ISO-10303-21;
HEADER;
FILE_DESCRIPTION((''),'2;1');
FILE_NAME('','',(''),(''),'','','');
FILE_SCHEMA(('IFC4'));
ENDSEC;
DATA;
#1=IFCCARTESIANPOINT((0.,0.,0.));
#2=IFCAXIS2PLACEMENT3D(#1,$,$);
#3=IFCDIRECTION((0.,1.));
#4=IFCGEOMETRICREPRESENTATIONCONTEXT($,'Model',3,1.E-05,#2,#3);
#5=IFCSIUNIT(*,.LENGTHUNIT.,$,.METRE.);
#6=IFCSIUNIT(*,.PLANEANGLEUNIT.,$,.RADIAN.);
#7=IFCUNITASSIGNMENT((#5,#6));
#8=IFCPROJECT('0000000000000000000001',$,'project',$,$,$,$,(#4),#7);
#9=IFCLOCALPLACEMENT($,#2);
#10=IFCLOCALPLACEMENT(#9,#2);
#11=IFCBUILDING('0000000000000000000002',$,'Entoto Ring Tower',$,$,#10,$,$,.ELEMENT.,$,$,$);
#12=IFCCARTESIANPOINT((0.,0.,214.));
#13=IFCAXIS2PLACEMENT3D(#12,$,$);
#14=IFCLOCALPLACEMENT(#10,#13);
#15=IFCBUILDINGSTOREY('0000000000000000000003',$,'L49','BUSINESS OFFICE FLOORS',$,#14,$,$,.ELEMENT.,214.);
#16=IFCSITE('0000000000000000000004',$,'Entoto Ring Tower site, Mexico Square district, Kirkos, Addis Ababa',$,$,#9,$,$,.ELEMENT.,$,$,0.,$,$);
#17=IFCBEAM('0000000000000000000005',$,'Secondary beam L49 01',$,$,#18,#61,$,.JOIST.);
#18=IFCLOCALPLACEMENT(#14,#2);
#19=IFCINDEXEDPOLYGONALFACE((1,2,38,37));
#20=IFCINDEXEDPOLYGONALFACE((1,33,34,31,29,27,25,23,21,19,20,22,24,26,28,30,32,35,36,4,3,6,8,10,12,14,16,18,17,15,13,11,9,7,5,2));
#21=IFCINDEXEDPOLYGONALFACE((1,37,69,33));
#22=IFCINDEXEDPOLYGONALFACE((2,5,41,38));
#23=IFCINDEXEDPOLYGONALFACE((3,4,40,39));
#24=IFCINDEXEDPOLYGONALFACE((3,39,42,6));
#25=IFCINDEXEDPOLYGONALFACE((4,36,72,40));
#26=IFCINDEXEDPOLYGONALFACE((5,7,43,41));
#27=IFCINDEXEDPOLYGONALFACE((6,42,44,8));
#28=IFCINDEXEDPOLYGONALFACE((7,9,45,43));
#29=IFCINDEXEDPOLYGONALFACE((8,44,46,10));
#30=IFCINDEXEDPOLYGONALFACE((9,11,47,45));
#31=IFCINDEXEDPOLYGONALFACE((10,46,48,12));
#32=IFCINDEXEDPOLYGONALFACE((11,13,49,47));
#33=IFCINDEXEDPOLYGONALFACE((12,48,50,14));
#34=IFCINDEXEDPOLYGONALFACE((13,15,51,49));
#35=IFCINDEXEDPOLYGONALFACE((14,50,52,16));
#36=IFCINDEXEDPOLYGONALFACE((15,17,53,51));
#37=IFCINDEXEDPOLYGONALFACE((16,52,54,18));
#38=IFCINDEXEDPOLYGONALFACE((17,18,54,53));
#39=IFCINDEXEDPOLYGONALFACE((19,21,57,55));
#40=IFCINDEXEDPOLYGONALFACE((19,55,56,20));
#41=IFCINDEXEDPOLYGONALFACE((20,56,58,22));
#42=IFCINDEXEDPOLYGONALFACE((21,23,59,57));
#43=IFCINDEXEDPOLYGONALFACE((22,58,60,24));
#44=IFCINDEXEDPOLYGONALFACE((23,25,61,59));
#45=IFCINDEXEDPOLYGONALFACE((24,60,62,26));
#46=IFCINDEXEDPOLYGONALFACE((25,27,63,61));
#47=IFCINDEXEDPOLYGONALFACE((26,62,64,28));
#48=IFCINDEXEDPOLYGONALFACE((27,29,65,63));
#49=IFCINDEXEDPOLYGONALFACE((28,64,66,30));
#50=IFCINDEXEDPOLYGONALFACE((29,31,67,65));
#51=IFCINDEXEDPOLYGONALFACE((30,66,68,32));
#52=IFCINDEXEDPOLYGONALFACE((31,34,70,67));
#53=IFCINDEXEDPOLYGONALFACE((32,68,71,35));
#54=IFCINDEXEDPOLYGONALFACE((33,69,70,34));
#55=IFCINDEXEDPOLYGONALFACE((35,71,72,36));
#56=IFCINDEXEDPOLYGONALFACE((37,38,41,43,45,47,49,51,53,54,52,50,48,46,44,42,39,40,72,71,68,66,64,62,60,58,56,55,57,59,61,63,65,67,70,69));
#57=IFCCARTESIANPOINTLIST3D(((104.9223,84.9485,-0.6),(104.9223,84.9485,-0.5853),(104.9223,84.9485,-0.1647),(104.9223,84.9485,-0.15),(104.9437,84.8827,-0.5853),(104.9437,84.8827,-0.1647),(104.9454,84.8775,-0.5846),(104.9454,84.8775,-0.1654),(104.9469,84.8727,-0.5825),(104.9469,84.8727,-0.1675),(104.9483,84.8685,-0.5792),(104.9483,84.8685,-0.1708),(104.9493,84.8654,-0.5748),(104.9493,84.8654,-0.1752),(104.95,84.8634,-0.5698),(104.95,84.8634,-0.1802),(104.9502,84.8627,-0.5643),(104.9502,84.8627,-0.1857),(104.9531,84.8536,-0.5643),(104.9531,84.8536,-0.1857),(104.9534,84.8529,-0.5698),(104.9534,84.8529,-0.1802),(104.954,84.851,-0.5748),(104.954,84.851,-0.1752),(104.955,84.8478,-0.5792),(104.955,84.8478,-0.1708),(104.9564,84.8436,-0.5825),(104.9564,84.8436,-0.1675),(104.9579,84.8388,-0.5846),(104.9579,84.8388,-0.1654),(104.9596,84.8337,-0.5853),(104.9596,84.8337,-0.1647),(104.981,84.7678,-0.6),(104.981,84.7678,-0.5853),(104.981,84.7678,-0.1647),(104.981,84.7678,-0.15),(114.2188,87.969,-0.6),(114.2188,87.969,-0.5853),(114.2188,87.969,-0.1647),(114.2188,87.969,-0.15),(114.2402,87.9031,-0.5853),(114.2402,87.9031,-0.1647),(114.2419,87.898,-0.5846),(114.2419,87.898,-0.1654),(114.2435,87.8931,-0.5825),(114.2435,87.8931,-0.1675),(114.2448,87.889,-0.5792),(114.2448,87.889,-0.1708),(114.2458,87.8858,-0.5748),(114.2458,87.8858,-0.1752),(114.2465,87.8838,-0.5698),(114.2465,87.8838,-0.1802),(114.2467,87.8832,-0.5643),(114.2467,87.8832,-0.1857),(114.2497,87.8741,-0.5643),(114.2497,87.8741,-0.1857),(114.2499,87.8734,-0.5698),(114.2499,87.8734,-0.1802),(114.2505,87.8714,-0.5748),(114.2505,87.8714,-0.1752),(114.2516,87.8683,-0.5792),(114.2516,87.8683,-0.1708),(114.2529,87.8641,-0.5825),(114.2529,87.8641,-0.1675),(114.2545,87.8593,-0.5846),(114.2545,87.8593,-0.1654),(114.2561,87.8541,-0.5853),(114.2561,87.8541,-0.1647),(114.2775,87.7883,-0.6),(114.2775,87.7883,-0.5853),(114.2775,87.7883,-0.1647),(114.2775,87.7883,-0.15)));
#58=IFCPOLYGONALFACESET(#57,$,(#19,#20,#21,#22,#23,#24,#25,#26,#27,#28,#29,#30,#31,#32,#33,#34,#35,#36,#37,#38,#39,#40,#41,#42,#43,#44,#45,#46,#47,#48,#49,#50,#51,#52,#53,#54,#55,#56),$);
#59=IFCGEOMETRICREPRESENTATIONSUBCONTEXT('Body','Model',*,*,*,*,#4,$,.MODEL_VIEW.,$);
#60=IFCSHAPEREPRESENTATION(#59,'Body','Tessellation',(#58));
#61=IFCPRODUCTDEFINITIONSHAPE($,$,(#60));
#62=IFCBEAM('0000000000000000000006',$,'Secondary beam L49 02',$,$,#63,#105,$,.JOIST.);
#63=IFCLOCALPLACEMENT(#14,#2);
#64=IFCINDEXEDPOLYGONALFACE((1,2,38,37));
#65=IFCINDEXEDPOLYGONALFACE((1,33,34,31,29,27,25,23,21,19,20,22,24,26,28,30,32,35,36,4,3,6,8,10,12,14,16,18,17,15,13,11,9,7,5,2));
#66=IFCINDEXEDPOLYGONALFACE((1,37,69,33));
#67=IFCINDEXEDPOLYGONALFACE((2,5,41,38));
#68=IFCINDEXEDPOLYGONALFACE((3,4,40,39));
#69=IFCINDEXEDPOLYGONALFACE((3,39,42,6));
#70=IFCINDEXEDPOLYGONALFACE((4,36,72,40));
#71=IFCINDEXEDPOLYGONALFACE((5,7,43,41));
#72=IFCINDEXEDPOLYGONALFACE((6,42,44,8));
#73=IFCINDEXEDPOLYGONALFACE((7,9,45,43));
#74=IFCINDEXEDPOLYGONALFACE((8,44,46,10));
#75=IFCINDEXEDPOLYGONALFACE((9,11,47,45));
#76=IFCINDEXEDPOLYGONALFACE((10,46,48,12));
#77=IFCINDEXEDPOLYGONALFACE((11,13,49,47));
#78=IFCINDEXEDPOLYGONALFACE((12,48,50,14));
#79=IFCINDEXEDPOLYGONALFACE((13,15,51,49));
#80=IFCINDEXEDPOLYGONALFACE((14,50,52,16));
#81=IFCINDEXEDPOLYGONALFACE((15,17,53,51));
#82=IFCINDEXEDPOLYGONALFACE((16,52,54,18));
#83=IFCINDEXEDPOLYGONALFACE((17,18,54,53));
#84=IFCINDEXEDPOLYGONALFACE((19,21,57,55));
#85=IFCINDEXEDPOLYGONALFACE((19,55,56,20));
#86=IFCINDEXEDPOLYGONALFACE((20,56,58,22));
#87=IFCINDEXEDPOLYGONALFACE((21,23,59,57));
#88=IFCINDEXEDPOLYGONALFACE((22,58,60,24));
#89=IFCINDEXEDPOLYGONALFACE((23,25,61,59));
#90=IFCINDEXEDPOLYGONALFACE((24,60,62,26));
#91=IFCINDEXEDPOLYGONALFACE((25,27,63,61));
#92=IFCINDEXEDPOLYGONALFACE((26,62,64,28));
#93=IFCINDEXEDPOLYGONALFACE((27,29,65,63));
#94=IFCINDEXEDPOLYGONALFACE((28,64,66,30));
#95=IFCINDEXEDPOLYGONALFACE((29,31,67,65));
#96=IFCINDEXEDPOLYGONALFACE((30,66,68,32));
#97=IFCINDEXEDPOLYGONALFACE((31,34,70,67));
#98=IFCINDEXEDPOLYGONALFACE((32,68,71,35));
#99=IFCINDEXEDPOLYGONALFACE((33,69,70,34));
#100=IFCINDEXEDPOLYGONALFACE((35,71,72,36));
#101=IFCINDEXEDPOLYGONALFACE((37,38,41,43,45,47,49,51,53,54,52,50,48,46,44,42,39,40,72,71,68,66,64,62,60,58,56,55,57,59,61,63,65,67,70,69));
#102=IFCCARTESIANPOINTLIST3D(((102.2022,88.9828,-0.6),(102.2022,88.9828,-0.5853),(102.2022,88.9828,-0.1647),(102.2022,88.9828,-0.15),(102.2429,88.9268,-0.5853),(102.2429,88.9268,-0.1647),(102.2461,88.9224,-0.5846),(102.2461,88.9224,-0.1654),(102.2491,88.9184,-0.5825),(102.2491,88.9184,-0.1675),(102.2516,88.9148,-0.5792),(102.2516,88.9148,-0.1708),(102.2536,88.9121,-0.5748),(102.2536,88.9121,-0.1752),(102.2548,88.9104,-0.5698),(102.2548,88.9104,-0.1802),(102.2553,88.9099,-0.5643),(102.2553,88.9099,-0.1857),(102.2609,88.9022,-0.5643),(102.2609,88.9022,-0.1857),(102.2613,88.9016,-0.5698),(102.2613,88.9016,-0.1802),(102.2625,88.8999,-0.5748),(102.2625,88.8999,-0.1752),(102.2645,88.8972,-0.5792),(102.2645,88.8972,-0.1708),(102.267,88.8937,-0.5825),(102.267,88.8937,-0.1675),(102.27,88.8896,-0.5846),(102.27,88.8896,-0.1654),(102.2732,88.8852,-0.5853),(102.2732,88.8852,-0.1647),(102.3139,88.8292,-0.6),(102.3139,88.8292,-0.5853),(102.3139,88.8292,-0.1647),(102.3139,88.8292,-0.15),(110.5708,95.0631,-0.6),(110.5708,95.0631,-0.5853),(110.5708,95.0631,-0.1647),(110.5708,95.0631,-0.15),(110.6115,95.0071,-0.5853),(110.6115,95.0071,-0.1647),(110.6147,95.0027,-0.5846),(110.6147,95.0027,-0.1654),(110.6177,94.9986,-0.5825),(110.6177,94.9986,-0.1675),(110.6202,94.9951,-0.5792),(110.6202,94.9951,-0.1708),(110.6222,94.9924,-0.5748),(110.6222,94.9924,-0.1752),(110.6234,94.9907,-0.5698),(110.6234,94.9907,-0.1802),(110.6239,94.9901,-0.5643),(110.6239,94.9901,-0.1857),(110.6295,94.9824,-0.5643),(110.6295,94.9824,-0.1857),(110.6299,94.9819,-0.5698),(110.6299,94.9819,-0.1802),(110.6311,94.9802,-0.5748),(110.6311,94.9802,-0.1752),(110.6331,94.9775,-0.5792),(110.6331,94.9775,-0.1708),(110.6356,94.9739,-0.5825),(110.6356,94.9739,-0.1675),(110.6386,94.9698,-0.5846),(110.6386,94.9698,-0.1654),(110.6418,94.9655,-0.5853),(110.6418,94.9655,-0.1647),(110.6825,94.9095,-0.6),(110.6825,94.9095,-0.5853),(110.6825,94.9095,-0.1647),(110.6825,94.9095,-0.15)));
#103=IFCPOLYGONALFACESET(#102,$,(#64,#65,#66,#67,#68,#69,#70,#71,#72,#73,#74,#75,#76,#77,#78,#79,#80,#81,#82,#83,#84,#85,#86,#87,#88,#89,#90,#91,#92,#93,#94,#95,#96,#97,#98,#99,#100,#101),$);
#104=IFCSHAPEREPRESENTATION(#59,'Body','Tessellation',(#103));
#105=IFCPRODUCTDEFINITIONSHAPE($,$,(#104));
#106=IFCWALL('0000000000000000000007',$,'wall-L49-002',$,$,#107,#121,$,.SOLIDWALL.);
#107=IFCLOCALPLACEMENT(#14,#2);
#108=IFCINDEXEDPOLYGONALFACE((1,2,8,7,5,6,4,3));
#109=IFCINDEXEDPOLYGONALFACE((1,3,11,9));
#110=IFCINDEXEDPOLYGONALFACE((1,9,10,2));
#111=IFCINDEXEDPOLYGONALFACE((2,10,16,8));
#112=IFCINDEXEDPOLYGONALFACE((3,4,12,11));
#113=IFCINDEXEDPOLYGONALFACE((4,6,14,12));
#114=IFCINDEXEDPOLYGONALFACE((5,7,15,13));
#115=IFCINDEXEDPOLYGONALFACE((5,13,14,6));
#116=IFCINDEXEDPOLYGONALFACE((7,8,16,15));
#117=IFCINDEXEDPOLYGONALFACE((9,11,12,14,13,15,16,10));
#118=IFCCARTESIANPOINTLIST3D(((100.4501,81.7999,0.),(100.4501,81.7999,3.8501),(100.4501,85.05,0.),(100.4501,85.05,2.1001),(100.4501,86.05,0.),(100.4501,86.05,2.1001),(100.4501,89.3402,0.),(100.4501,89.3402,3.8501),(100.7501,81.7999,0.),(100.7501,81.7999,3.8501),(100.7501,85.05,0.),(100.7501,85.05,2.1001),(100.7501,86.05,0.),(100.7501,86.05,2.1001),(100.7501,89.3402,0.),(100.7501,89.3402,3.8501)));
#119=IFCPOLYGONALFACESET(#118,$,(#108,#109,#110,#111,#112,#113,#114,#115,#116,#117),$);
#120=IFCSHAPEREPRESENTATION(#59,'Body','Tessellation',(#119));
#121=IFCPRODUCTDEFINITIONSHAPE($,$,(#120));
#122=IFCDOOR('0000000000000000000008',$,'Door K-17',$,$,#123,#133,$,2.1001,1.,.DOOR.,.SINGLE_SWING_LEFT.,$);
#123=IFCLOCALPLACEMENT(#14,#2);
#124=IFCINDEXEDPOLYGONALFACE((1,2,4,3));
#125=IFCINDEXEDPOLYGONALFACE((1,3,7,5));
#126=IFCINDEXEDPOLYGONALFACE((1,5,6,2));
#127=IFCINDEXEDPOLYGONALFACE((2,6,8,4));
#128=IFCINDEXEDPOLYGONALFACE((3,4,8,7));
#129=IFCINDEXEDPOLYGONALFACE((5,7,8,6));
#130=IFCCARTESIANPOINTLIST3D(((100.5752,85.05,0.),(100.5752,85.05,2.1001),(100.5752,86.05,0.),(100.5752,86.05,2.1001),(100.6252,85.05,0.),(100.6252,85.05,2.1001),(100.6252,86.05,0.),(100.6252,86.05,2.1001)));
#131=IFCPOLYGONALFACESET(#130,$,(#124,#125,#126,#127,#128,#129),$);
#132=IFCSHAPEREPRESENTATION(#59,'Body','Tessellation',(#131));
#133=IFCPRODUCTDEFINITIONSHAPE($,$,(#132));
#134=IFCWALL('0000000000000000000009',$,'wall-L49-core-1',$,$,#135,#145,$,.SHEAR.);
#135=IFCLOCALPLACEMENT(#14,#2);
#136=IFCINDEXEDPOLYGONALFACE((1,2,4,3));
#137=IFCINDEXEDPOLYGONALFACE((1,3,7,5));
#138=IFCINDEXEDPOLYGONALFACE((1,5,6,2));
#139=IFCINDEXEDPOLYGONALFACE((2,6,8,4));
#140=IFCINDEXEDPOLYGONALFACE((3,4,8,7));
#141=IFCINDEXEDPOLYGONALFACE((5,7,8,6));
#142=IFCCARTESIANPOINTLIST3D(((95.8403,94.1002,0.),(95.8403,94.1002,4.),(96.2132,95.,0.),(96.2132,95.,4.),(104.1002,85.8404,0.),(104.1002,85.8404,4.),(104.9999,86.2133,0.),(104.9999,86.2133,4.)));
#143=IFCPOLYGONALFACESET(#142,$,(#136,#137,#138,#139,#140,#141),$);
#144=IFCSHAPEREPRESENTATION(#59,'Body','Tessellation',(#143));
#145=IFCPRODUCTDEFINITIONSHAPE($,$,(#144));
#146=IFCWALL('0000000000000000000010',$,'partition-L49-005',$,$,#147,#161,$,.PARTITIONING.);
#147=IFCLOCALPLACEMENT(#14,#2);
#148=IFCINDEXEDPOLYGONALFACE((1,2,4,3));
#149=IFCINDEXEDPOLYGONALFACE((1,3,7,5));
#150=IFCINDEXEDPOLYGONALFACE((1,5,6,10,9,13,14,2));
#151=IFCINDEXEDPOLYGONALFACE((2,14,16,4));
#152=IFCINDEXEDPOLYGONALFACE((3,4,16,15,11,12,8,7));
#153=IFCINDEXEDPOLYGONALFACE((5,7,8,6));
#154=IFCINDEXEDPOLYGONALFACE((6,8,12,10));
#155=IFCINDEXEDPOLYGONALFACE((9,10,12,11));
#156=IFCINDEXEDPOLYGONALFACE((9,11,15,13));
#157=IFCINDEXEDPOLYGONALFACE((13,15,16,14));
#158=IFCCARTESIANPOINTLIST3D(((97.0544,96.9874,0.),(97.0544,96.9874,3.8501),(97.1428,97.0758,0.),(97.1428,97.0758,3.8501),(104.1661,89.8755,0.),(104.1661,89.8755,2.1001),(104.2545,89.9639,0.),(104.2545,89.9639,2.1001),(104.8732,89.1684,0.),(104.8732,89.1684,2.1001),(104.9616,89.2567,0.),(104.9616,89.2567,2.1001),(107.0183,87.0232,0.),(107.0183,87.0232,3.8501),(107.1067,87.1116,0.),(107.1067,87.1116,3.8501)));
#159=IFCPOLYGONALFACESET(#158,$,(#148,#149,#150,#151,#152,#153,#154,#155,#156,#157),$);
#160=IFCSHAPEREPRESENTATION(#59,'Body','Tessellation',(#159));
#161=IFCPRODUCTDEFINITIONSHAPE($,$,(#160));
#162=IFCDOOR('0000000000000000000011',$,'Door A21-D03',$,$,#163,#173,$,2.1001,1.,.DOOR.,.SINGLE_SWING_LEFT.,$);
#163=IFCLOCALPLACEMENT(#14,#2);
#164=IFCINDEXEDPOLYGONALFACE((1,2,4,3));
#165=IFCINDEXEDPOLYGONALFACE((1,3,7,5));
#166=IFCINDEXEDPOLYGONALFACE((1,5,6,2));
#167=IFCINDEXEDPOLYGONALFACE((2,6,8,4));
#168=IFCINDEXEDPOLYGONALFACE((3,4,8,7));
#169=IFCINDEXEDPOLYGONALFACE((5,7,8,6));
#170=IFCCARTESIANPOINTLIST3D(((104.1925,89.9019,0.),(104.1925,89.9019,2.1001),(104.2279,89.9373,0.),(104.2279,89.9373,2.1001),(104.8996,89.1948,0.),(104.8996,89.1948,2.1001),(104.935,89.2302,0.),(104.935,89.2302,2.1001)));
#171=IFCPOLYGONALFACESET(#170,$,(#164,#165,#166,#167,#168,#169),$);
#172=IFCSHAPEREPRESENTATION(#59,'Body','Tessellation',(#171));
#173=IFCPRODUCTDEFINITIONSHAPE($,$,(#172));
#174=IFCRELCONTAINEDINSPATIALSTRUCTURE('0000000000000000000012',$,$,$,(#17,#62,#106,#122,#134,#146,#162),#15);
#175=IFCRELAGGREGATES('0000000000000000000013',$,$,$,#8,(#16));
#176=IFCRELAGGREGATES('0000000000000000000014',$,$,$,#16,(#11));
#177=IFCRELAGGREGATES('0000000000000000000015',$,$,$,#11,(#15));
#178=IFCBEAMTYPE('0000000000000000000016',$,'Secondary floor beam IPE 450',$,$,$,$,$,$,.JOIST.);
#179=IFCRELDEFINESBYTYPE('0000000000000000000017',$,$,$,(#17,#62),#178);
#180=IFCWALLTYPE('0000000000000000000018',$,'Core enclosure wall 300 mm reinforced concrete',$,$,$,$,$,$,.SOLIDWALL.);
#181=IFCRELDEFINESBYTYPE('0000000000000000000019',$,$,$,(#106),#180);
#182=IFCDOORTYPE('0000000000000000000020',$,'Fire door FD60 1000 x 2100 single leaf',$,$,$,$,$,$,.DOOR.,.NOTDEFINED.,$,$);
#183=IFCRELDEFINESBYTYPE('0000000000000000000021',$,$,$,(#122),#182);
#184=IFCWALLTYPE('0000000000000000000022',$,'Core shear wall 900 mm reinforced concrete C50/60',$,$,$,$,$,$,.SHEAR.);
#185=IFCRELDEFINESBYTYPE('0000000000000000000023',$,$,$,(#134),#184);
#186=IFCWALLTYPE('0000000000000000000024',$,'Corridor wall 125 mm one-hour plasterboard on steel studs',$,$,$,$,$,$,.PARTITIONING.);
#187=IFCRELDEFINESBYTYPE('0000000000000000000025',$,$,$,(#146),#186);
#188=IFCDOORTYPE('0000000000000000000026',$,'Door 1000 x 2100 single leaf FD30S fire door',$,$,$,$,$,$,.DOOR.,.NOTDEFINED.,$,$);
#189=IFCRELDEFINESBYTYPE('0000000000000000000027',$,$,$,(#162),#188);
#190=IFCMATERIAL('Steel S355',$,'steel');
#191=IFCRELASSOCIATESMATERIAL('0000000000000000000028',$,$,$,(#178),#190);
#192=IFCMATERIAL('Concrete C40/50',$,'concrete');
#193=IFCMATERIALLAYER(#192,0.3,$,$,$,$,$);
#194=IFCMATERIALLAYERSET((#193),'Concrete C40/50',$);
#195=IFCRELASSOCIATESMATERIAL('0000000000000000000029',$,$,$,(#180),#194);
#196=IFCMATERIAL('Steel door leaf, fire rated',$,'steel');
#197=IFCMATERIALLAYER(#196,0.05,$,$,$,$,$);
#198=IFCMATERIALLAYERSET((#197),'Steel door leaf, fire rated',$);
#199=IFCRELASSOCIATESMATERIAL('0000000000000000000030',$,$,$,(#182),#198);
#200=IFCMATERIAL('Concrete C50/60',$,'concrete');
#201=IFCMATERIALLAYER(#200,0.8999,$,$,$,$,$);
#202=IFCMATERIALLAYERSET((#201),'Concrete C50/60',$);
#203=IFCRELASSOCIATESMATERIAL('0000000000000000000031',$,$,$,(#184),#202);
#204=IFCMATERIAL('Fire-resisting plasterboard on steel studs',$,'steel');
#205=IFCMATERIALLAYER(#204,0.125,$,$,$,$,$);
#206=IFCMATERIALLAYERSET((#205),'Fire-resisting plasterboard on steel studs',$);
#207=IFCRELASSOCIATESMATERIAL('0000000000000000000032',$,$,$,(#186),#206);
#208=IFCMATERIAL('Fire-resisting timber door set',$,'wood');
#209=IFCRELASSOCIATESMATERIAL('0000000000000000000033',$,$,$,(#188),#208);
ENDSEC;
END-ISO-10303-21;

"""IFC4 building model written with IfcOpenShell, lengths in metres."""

from ifc_helpers import new_model, si_unit, direction, frame, frame_2d, origin, origin_2d, place, context, subcontext, project, spatial, polyline, rectangle, i_section, outline, extrude, material, layer, layer_set, material_profile, profile_set, type_object, element, fill, save


model = new_model("IFC4")

# Units and contexts
model_context = context("Model", 3, precision=1e-05, world=origin(), true_north=direction((0.0, 1.0)))
body_context = subcontext(model_context, "Body", "Model", "MODEL_VIEW")
ifc_project = project(units=[si_unit("LENGTHUNIT", "METRE"), si_unit("PLANEANGLEUNIT", "RADIAN")], contexts=[model_context])

# Site, building, storey
site_placement = place(None, origin())
site = spatial("IfcSite", under=ifc_project, at=site_placement, Name="Entoto Ring Tower site, Mexico Square district, Kirkos, Addis Ababa", CompositionType="ELEMENT", RefElevation=0.0)
building_placement = place(site_placement, origin())
building = spatial("IfcBuilding", under=site, at=building_placement, Name="Entoto Ring Tower", CompositionType="ELEMENT")
storey_placement = place(building_placement, frame((0.0, 0.0, 214.0)))
storey = spatial("IfcBuildingStorey", under=building, at=storey_placement, Name="L49", Description="BUSINESS OFFICE FLOORS", CompositionType="ELEMENT", Elevation=214.0)

# Beams
ifc_material_1 = material(Name="Steel S355", Category="steel")
ifc_material_profile_1 = material_profile(ifc_material_1, i_section(OverallWidth=0.1899, OverallDepth=0.45, WebThickness=0.0095, FlangeThickness=0.0146, FilletRadius=0.021, at=origin_2d()), Name="IPE 450")
ifc_profile_set_1 = profile_set([ifc_material_profile_1], Name="Steel S355")
beam_type_1 = type_object("IfcBeamType", Name="Secondary floor beam IPE 450", PredefinedType="JOIST", material=ifc_profile_set_1)
beam_1_placement = place(storey_placement, frame((104.9517, 84.8582, -0.375), z_axis=(0.951061, 0.309003, 0.0), x_axis=(-0.309003, 0.951061, 0.0)))
element("IfcBeam", 1, at=beam_1_placement, inside=storey, type_object=beam_type_1, Name="Secondary beam L49 01", PredefinedType="JOIST", context=body_context, shape_type="SweptSolid", body=[
    extrude(i_section(OverallWidth=0.1899, OverallDepth=0.45, WebThickness=0.0095, FlangeThickness=0.0146, FilletRadius=0.021, at=origin_2d()), origin(), (0.0, 0.0, 1.0), 9.7749),
])
beam_2_placement = place(storey_placement, frame((102.2581, 88.906, -0.375), z_axis=(0.809011, 0.587794, 0.0), x_axis=(-0.587794, 0.809011, 0.0)))
element("IfcBeam", 2, at=beam_2_placement, inside=storey, type_object=beam_type_1, Name="Secondary beam L49 02", PredefinedType="JOIST", context=body_context, shape_type="SweptSolid", body=[
    extrude(i_section(OverallWidth=0.1899, OverallDepth=0.45, WebThickness=0.0095, FlangeThickness=0.0146, FilletRadius=0.021, at=origin_2d()), origin(), (0.0, 0.0, 1.0), 10.3442),
])

# Wall, opening, door
ifc_material_2 = material(Name="Concrete C40/50", Category="concrete")
ifc_layer_1 = layer(ifc_material_2, 0.3)
ifc_layer_set_1 = layer_set([ifc_layer_1], Name="Concrete C40/50")
wall_type_1 = type_object("IfcWallType", Name="Core enclosure wall 300 mm reinforced concrete", PredefinedType="SOLIDWALL", material=ifc_layer_set_1)
wall_1_placement = place(storey_placement, frame((100.6001, 81.8, 0.0), z_axis=(0.0, 0.0, 1.0), x_axis=(0.0, 1.0, 0.0)))
wall_1 = element("IfcWall", 3, at=wall_1_placement, inside=storey, type_object=wall_type_1, Name="wall-L49-002", PredefinedType="SOLIDWALL", context=body_context, shape_type="SweptSolid", body=[
    extrude(rectangle(XDim=7.5403, YDim=0.3, at=frame_2d((3.77, 0.0))), origin(), (0.0, 0.0, 1.0), 3.8501),
])
opening_1_placement = place(wall_1_placement, frame((3.25, 0.0, 0.0)))
opening_1 = element("IfcOpeningElement", 4, at=opening_1_placement, cuts=wall_1, PredefinedType="OPENING", context=body_context, shape_type="SweptSolid", body=[
    extrude(rectangle(XDim=1.0, YDim=2.1001, at=frame_2d((0.5, 1.05))), frame((0.0, 0.1602, 0.0), z_axis=(0.0, -1.0, 0.0), x_axis=(1.0, 0.0, 0.0)), (0.0, 0.0, 1.0), 0.3201),
])
ifc_material_3 = material(Name="Steel door leaf, fire rated", Category="steel")
ifc_layer_2 = layer(ifc_material_3, 0.05)
ifc_layer_set_2 = layer_set([ifc_layer_2], Name="Steel door leaf, fire rated")
door_type_1 = type_object("IfcDoorType", Name="Fire door FD60 1000 x 2100 single leaf", OperationType="NOTDEFINED", PredefinedType="DOOR", material=ifc_layer_set_2)
door_1_placement = place(opening_1_placement, origin())
door_1 = element("IfcDoor", 5, at=door_1_placement, inside=storey, type_object=door_type_1, Name="Door K-17", OperationType="SINGLE_SWING_LEFT", OverallHeight=2.1001, OverallWidth=1.0, PredefinedType="DOOR", context=body_context, shape_type="SweptSolid", body=[
    extrude(rectangle(XDim=1.0, YDim=2.1001, at=frame_2d((0.5, 1.05))), frame((0.0, 0.0249, 0.0), z_axis=(0.0, -1.0, 0.0), x_axis=(1.0, 0.0, 0.0)), (0.0, 0.0, 1.0), 0.05),
])
fill(opening_1, door_1)

# Wall
ifc_material_4 = material(Name="Concrete C50/60", Category="concrete")
ifc_layer_3 = layer(ifc_material_4, 0.8999)
ifc_layer_set_3 = layer_set([ifc_layer_3], Name="Concrete C50/60")
wall_type_2 = type_object("IfcWallType", Name="Core shear wall 900 mm reinforced concrete C50/60", PredefinedType="SHEAR", material=ifc_layer_set_3)
wall_2_placement = place(storey_placement, frame((104.55, 86.0269, 0.0), z_axis=(0.0, 0.0, 1.0), x_axis=(-0.707107, 0.707107, 0.0)))
element("IfcWall", 6, at=wall_2_placement, inside=storey, type_object=wall_type_2, Name="wall-L49-core-1", PredefinedType="SHEAR", context=body_context, shape_type="SweptSolid", body=[
    extrude(outline(polyline([(-0.1863, -0.45), (12.24, -0.45), (11.8674, 0.45), (0.1863, 0.45), (-0.1863, -0.45)])), origin(), (0.0, 0.0, 1.0), 4.0),
])

# Wall, opening, door
ifc_material_5 = material(Name="Fire-resisting plasterboard on steel studs", Category="steel")
ifc_layer_4 = layer(ifc_material_5, 0.125)
ifc_layer_set_4 = layer_set([ifc_layer_4], Name="Fire-resisting plasterboard on steel studs")
wall_type_3 = type_object("IfcWallType", Name="Corridor wall 125 mm one-hour plasterboard on steel studs", PredefinedType="PARTITIONING", material=ifc_layer_set_4)
wall_3_placement = place(storey_placement, frame((107.0625, 87.0674, 0.0), z_axis=(0.0, 0.0, 1.0), x_axis=(-0.707098, 0.707115, 0.0)))
wall_3 = element("IfcWall", 7, at=wall_3_placement, inside=storey, type_object=wall_type_3, Name="partition-L49-005", PredefinedType="PARTITIONING", context=body_context, shape_type="SweptSolid", body=[
    extrude(rectangle(XDim=14.0913, YDim=0.125, at=frame_2d((7.0457, 0.0))), origin(), (0.0, 0.0, 1.0), 3.8501),
])
opening_2_placement = place(wall_3_placement, frame((3.0337, 0.0, 0.0)))
opening_2 = element("IfcOpeningElement", 8, at=opening_2_placement, cuts=wall_3, PredefinedType="OPENING", context=body_context, shape_type="SweptSolid", body=[
    extrude(rectangle(XDim=1.0, YDim=2.1001, at=frame_2d((0.5, 1.05))), frame((0.0, 0.0725, 0.0), z_axis=(0.0, -1.0, 0.0), x_axis=(1.0, 0.0, 0.0)), (0.0, 0.0, 1.0), 0.145),
])
ifc_material_6 = material(Name="Fire-resisting timber door set", Category="wood")
door_type_2 = type_object("IfcDoorType", Name="Door 1000 x 2100 single leaf FD30S fire door", OperationType="NOTDEFINED", PredefinedType="DOOR", material=ifc_material_6)
door_2_placement = place(opening_2_placement, frame((1.0, 0.0, 0.0), z_axis=(0.0, 0.0, 1.0), x_axis=(-1.0, 0.0, 0.0)))
door_2 = element("IfcDoor", 9, at=door_2_placement, inside=storey, type_object=door_type_2, Name="Door A21-D03", OperationType="SINGLE_SWING_LEFT", OverallHeight=2.1001, OverallWidth=1.0, PredefinedType="DOOR", context=body_context, shape_type="SweptSolid", body=[
    extrude(rectangle(XDim=1.0, YDim=2.1001, at=frame_2d((0.5, 1.05))), frame((0.0, 0.0249, 0.0), z_axis=(0.0, -1.0, 0.0), x_axis=(1.0, 0.0, 0.0)), (0.0, 0.0, 1.0), 0.05),
])
fill(opening_2, door_2)

save(model, "model.ifc")
